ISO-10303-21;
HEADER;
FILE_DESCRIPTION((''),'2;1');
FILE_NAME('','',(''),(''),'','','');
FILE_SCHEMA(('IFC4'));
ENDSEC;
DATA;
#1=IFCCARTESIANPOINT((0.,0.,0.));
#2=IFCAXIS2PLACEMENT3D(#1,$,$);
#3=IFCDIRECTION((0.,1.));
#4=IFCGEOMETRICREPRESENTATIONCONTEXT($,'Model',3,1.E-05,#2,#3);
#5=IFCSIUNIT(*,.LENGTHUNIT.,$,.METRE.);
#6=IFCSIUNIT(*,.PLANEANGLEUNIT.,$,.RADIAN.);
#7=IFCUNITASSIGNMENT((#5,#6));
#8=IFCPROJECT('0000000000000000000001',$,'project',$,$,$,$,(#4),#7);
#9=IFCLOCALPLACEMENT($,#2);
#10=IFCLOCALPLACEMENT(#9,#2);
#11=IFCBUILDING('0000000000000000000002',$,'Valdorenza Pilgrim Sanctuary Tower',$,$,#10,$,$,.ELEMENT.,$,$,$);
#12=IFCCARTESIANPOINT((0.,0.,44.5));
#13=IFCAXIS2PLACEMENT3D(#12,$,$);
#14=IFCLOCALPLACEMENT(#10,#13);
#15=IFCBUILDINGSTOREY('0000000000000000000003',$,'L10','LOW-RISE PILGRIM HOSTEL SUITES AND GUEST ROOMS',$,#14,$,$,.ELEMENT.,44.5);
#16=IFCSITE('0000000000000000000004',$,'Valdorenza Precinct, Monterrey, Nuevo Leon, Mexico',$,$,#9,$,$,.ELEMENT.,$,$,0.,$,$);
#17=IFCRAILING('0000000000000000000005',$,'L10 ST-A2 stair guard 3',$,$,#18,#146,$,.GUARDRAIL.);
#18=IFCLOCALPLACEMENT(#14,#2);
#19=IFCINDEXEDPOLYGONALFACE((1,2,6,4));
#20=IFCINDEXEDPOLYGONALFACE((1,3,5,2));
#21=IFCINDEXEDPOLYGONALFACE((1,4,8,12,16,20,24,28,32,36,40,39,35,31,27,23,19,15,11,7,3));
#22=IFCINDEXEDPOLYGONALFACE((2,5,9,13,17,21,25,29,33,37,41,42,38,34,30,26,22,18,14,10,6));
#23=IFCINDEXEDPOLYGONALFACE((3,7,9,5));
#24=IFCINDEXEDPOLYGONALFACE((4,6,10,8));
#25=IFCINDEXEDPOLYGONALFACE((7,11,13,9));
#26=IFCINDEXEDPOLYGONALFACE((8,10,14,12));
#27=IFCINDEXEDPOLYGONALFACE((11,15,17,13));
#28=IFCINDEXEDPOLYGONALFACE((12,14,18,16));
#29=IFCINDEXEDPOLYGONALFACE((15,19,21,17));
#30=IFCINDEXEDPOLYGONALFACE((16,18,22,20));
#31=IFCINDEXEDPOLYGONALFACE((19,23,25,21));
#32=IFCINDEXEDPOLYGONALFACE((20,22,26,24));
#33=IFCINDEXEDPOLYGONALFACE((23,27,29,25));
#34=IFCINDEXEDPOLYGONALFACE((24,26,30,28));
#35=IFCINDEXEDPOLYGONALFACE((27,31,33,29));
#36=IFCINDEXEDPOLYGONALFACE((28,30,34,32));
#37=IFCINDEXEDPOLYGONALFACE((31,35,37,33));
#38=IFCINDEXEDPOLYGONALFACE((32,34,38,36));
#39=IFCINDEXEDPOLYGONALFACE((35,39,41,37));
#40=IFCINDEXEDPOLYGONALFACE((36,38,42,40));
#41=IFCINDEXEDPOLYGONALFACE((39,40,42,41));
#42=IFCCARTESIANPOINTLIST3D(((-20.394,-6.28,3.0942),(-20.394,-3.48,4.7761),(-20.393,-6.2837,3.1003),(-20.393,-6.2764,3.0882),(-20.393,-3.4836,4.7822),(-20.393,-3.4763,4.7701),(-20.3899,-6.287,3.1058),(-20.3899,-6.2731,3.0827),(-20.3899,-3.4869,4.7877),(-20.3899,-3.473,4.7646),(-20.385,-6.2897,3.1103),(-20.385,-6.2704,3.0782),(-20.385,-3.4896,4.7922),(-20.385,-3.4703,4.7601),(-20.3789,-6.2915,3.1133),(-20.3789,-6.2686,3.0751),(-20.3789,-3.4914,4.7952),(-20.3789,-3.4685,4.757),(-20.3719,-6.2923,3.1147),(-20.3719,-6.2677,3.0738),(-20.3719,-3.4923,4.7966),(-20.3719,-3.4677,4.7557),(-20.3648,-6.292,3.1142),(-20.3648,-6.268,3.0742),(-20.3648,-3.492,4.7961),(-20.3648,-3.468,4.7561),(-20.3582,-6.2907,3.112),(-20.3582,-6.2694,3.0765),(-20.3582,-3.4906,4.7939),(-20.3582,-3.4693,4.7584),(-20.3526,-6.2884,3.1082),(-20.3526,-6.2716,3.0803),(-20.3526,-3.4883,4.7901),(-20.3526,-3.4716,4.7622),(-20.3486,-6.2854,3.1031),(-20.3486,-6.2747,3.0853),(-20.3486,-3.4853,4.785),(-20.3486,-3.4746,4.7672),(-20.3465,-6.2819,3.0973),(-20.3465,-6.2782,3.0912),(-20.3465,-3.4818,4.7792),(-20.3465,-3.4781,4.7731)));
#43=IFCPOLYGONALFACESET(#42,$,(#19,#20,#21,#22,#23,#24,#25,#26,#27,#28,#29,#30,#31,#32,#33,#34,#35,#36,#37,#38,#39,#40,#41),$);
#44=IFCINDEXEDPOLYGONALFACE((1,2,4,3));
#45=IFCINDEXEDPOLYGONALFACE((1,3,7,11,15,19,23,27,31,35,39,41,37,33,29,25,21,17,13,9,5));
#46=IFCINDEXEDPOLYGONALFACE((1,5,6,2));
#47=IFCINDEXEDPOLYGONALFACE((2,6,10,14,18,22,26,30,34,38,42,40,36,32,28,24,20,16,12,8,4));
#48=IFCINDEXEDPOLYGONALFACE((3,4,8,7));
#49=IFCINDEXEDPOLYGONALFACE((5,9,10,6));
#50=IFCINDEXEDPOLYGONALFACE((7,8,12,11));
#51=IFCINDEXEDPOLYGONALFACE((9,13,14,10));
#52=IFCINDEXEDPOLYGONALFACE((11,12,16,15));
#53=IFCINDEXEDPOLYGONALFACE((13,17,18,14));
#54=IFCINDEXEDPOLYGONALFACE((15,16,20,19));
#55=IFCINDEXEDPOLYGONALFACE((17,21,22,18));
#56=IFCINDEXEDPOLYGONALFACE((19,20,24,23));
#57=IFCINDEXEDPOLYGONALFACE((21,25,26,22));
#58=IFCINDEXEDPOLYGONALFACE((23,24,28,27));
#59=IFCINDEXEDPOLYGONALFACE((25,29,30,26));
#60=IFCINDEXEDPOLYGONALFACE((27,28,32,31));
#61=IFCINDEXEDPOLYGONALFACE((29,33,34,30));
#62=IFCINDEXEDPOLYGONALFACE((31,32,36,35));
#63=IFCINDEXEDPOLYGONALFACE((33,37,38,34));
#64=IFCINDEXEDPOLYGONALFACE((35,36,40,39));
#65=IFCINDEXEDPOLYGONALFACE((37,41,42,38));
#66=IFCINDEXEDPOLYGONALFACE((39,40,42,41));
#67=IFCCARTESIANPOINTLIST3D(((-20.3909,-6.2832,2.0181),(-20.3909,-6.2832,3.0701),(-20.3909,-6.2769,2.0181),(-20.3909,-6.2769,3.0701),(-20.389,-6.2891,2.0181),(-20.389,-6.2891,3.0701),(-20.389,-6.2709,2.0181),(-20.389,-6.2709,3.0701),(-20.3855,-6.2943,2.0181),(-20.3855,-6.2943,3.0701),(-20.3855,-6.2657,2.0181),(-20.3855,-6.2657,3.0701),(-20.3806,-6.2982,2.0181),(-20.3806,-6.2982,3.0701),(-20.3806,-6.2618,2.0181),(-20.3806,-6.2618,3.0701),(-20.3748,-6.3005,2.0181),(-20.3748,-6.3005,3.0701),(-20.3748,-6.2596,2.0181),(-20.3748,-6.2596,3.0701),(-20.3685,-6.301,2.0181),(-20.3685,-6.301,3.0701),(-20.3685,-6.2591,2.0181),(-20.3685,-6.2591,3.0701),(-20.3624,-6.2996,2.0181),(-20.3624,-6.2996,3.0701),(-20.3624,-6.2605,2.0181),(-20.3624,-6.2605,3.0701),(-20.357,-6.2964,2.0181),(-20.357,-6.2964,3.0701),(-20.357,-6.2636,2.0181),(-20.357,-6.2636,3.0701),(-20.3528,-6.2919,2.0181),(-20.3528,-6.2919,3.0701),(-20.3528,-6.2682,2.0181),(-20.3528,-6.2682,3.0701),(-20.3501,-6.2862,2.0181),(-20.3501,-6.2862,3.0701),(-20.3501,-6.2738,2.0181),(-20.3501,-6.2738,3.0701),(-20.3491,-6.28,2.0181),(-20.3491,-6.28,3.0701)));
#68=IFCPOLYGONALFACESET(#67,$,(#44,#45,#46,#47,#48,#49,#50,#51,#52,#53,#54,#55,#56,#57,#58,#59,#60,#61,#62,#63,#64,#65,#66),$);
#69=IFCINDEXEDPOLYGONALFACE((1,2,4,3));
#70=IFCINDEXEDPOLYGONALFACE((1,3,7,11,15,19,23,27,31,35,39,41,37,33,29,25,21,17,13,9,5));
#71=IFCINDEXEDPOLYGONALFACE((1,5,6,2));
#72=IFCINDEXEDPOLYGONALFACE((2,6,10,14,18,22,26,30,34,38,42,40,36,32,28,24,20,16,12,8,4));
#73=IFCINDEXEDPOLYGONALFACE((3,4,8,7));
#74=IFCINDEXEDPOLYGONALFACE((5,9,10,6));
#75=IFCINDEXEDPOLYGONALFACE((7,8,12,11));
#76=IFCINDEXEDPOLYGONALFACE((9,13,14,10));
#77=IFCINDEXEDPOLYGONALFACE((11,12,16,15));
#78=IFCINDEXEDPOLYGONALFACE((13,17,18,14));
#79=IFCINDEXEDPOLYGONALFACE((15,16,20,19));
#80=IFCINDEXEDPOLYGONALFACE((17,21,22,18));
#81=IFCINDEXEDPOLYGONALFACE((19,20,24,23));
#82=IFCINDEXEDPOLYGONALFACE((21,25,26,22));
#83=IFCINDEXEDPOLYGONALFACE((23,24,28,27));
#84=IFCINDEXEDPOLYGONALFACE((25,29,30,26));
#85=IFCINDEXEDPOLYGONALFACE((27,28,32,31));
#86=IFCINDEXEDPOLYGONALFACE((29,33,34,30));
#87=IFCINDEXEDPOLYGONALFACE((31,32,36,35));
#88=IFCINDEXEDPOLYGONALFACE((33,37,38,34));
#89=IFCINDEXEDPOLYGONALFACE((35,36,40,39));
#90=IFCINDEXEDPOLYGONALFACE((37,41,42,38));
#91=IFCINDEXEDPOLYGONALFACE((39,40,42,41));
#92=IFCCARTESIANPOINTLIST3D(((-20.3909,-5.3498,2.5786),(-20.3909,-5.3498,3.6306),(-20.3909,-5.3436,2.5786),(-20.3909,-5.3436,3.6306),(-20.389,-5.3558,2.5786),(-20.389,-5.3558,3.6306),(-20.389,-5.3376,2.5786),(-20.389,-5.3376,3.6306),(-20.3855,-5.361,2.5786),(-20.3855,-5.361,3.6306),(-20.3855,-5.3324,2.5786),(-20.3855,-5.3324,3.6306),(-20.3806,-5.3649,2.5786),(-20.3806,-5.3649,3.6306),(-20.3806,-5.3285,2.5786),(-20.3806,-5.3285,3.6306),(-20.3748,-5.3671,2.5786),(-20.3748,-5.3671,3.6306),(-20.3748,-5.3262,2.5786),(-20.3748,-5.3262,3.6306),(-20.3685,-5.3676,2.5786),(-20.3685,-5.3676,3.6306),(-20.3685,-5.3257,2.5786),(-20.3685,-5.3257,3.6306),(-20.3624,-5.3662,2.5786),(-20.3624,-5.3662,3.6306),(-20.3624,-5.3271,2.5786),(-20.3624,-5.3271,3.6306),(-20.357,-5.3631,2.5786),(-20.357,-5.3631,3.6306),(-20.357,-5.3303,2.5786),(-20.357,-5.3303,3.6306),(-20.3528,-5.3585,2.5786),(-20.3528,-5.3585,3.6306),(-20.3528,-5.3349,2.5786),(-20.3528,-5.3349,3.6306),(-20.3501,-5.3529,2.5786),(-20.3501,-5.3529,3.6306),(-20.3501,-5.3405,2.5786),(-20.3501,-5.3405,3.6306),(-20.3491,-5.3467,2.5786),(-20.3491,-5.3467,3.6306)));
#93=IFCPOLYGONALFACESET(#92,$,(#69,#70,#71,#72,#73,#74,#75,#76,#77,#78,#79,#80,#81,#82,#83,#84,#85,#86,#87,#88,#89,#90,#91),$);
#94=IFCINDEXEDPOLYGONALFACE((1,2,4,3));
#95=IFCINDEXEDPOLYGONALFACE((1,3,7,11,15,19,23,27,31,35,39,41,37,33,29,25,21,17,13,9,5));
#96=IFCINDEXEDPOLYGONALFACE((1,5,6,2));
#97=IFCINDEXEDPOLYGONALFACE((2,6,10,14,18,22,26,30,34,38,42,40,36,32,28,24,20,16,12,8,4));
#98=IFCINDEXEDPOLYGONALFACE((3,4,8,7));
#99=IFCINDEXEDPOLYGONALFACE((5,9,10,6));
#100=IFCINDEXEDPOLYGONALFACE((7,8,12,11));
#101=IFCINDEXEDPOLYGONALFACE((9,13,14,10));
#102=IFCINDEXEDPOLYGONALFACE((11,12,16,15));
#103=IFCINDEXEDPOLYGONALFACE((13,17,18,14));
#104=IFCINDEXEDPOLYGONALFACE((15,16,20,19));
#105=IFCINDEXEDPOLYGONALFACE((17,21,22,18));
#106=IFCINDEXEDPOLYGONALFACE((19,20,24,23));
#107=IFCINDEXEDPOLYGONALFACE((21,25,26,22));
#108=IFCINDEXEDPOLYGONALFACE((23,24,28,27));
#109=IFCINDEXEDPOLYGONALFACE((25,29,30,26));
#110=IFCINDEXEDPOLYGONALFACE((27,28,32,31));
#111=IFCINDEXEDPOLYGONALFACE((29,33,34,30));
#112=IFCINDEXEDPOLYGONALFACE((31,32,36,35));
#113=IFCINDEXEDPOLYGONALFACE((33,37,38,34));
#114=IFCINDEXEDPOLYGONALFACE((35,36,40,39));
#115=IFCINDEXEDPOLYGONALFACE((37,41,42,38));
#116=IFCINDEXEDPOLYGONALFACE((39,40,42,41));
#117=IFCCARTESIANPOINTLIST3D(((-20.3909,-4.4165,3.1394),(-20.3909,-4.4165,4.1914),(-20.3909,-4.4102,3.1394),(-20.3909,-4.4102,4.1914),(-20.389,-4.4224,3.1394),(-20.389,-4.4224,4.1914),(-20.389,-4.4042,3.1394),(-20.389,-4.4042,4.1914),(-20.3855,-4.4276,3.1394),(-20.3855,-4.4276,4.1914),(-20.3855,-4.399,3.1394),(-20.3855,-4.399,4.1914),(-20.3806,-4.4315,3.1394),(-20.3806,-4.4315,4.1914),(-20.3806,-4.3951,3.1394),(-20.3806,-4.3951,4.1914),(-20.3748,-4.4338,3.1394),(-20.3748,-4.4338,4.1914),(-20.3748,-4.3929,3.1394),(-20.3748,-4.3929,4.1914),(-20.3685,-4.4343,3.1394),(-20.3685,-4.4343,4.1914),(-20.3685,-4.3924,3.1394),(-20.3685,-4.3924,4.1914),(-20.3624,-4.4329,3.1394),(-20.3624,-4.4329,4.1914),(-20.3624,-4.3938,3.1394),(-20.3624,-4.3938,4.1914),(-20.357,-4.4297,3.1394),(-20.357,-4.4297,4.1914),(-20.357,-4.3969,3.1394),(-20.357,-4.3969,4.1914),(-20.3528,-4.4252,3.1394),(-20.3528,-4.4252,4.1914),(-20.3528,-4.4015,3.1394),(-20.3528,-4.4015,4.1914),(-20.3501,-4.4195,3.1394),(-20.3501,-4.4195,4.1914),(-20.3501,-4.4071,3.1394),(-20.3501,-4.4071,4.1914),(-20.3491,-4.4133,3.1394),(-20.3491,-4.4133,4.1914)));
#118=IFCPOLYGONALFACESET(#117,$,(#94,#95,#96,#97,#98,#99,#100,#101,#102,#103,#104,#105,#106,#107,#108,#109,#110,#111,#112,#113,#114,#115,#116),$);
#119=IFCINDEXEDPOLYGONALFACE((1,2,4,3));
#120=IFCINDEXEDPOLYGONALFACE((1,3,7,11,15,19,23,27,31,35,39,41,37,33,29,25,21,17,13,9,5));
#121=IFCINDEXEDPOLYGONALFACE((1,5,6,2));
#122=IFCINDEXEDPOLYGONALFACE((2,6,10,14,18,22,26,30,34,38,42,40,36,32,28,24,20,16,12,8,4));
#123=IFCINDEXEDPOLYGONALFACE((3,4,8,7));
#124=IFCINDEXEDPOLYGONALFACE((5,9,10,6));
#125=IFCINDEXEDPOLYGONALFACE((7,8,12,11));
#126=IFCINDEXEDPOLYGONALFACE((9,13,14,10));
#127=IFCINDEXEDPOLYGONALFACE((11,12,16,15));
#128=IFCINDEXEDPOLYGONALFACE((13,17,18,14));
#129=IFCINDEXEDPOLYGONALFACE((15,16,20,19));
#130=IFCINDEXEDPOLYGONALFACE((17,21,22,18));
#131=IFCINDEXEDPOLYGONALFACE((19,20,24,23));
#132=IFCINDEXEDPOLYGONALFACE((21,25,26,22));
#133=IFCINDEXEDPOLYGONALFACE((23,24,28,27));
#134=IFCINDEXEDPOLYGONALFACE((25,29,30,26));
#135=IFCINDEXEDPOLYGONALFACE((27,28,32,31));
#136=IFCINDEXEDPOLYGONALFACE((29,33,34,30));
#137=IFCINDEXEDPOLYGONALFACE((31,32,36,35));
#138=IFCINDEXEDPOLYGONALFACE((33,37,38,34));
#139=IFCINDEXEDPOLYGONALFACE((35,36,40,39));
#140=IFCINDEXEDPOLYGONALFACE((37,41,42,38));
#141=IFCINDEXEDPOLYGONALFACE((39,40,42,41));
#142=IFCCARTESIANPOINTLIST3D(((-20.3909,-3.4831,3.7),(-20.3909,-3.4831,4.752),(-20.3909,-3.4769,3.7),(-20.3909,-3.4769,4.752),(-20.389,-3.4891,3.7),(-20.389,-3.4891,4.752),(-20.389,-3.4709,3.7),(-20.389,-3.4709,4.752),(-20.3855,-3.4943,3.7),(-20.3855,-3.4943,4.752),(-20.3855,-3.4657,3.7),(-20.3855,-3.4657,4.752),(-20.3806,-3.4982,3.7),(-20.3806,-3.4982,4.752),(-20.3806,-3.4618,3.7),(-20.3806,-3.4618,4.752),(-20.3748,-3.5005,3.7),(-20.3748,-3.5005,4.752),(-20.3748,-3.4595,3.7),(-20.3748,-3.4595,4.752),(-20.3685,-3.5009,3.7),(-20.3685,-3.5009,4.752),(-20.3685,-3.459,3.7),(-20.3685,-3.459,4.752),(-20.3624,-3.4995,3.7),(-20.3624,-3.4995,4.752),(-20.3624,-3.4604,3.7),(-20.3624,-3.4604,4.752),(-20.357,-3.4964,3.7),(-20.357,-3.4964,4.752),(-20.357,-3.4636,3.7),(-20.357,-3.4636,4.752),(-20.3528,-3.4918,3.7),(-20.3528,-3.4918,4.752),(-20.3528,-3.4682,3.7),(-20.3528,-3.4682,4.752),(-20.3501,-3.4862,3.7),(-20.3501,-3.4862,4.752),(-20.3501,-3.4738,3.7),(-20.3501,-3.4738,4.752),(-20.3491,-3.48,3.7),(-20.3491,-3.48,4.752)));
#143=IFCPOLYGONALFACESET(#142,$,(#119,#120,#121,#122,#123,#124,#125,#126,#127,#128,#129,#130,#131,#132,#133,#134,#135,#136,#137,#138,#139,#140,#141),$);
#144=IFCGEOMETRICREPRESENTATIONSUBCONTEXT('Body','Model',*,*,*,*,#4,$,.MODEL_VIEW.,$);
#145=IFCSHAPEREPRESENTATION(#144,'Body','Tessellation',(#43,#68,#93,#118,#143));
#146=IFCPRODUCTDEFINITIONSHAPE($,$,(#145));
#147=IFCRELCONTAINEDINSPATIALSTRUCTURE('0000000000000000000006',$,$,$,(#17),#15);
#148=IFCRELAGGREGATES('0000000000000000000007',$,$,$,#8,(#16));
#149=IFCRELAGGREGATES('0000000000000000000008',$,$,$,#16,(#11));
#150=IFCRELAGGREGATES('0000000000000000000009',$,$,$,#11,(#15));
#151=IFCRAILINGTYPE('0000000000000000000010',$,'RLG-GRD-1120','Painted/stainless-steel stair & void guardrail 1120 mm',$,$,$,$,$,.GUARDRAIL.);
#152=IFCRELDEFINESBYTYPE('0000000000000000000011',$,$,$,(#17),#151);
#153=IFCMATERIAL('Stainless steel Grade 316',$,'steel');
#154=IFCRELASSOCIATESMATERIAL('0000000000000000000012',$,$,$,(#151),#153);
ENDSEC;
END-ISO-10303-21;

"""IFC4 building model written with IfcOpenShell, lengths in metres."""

from ifc_helpers import new_model, si_unit, direction, frame, origin, origin_2d, place, context, subcontext, project, spatial, circle, extrude, material, type_object, element, save


model = new_model("IFC4")

# Units and contexts
model_context = context("Model", 3, precision=1e-05, world=origin(), true_north=direction((0.0, 1.0)))
body_context = subcontext(model_context, "Body", "Model", "MODEL_VIEW")
ifc_project = project(units=[si_unit("LENGTHUNIT", "METRE"), si_unit("PLANEANGLEUNIT", "RADIAN")], contexts=[model_context])

# Site, building, storey
site_placement = place(None, origin())
site = spatial("IfcSite", under=ifc_project, at=site_placement, Name="Valdorenza Precinct, Monterrey, Nuevo Leon, Mexico", CompositionType="ELEMENT", RefElevation=0.0)
building_placement = place(site_placement, origin())
building = spatial("IfcBuilding", under=site, at=building_placement, Name="Valdorenza Pilgrim Sanctuary Tower", CompositionType="ELEMENT")
storey_placement = place(building_placement, frame((0.0, 0.0, 44.5)))
storey = spatial("IfcBuildingStorey", under=building, at=storey_placement, Name="L10", Description="LOW-RISE PILGRIM HOSTEL SUITES AND GUEST ROOMS", CompositionType="ELEMENT", Elevation=44.5)

# Railing
ifc_material_1 = material(Name="Stainless steel Grade 316", Category="steel")
railing_type_1 = type_object("IfcRailingType", Name="RLG-GRD-1120", Description="Painted/stainless-steel stair & void guardrail 1120 mm", PredefinedType="GUARDRAIL", material=ifc_material_1)
railing_1_placement = place(storey_placement, frame((-20.3701, -6.28, 2.0181)))
element("IfcRailing", 1, at=railing_1_placement, inside=storey, type_object=railing_type_1, Name="L10 ST-A2 stair guard 3", PredefinedType="GUARDRAIL", context=body_context, shape_type="SweptSolid", body=[
    extrude(circle(Radius=0.0239, at=origin_2d()), frame((0.0, 0.0, 1.0762), z_axis=(0.0, 0.857242, 0.514913), x_axis=(-1.0, 0.0, 0.0)), (0.0, 0.0, 1.0), 3.2664),
    extrude(circle(Radius=0.021, at=origin_2d()), origin(), (0.0, 0.0, 1.0), 1.052),
    extrude(circle(Radius=0.021, at=origin_2d()), frame((0.0, 0.9333, 0.5605)), (0.0, 0.0, 1.0), 1.052),
    extrude(circle(Radius=0.021, at=origin_2d()), frame((0.0, 1.8667, 1.1213)), (0.0, 0.0, 1.0), 1.052),
    extrude(circle(Radius=0.021, at=origin_2d()), frame((0.0, 2.8, 1.6819)), (0.0, 0.0, 1.0), 1.052),
])

save(model, "model.ifc")
